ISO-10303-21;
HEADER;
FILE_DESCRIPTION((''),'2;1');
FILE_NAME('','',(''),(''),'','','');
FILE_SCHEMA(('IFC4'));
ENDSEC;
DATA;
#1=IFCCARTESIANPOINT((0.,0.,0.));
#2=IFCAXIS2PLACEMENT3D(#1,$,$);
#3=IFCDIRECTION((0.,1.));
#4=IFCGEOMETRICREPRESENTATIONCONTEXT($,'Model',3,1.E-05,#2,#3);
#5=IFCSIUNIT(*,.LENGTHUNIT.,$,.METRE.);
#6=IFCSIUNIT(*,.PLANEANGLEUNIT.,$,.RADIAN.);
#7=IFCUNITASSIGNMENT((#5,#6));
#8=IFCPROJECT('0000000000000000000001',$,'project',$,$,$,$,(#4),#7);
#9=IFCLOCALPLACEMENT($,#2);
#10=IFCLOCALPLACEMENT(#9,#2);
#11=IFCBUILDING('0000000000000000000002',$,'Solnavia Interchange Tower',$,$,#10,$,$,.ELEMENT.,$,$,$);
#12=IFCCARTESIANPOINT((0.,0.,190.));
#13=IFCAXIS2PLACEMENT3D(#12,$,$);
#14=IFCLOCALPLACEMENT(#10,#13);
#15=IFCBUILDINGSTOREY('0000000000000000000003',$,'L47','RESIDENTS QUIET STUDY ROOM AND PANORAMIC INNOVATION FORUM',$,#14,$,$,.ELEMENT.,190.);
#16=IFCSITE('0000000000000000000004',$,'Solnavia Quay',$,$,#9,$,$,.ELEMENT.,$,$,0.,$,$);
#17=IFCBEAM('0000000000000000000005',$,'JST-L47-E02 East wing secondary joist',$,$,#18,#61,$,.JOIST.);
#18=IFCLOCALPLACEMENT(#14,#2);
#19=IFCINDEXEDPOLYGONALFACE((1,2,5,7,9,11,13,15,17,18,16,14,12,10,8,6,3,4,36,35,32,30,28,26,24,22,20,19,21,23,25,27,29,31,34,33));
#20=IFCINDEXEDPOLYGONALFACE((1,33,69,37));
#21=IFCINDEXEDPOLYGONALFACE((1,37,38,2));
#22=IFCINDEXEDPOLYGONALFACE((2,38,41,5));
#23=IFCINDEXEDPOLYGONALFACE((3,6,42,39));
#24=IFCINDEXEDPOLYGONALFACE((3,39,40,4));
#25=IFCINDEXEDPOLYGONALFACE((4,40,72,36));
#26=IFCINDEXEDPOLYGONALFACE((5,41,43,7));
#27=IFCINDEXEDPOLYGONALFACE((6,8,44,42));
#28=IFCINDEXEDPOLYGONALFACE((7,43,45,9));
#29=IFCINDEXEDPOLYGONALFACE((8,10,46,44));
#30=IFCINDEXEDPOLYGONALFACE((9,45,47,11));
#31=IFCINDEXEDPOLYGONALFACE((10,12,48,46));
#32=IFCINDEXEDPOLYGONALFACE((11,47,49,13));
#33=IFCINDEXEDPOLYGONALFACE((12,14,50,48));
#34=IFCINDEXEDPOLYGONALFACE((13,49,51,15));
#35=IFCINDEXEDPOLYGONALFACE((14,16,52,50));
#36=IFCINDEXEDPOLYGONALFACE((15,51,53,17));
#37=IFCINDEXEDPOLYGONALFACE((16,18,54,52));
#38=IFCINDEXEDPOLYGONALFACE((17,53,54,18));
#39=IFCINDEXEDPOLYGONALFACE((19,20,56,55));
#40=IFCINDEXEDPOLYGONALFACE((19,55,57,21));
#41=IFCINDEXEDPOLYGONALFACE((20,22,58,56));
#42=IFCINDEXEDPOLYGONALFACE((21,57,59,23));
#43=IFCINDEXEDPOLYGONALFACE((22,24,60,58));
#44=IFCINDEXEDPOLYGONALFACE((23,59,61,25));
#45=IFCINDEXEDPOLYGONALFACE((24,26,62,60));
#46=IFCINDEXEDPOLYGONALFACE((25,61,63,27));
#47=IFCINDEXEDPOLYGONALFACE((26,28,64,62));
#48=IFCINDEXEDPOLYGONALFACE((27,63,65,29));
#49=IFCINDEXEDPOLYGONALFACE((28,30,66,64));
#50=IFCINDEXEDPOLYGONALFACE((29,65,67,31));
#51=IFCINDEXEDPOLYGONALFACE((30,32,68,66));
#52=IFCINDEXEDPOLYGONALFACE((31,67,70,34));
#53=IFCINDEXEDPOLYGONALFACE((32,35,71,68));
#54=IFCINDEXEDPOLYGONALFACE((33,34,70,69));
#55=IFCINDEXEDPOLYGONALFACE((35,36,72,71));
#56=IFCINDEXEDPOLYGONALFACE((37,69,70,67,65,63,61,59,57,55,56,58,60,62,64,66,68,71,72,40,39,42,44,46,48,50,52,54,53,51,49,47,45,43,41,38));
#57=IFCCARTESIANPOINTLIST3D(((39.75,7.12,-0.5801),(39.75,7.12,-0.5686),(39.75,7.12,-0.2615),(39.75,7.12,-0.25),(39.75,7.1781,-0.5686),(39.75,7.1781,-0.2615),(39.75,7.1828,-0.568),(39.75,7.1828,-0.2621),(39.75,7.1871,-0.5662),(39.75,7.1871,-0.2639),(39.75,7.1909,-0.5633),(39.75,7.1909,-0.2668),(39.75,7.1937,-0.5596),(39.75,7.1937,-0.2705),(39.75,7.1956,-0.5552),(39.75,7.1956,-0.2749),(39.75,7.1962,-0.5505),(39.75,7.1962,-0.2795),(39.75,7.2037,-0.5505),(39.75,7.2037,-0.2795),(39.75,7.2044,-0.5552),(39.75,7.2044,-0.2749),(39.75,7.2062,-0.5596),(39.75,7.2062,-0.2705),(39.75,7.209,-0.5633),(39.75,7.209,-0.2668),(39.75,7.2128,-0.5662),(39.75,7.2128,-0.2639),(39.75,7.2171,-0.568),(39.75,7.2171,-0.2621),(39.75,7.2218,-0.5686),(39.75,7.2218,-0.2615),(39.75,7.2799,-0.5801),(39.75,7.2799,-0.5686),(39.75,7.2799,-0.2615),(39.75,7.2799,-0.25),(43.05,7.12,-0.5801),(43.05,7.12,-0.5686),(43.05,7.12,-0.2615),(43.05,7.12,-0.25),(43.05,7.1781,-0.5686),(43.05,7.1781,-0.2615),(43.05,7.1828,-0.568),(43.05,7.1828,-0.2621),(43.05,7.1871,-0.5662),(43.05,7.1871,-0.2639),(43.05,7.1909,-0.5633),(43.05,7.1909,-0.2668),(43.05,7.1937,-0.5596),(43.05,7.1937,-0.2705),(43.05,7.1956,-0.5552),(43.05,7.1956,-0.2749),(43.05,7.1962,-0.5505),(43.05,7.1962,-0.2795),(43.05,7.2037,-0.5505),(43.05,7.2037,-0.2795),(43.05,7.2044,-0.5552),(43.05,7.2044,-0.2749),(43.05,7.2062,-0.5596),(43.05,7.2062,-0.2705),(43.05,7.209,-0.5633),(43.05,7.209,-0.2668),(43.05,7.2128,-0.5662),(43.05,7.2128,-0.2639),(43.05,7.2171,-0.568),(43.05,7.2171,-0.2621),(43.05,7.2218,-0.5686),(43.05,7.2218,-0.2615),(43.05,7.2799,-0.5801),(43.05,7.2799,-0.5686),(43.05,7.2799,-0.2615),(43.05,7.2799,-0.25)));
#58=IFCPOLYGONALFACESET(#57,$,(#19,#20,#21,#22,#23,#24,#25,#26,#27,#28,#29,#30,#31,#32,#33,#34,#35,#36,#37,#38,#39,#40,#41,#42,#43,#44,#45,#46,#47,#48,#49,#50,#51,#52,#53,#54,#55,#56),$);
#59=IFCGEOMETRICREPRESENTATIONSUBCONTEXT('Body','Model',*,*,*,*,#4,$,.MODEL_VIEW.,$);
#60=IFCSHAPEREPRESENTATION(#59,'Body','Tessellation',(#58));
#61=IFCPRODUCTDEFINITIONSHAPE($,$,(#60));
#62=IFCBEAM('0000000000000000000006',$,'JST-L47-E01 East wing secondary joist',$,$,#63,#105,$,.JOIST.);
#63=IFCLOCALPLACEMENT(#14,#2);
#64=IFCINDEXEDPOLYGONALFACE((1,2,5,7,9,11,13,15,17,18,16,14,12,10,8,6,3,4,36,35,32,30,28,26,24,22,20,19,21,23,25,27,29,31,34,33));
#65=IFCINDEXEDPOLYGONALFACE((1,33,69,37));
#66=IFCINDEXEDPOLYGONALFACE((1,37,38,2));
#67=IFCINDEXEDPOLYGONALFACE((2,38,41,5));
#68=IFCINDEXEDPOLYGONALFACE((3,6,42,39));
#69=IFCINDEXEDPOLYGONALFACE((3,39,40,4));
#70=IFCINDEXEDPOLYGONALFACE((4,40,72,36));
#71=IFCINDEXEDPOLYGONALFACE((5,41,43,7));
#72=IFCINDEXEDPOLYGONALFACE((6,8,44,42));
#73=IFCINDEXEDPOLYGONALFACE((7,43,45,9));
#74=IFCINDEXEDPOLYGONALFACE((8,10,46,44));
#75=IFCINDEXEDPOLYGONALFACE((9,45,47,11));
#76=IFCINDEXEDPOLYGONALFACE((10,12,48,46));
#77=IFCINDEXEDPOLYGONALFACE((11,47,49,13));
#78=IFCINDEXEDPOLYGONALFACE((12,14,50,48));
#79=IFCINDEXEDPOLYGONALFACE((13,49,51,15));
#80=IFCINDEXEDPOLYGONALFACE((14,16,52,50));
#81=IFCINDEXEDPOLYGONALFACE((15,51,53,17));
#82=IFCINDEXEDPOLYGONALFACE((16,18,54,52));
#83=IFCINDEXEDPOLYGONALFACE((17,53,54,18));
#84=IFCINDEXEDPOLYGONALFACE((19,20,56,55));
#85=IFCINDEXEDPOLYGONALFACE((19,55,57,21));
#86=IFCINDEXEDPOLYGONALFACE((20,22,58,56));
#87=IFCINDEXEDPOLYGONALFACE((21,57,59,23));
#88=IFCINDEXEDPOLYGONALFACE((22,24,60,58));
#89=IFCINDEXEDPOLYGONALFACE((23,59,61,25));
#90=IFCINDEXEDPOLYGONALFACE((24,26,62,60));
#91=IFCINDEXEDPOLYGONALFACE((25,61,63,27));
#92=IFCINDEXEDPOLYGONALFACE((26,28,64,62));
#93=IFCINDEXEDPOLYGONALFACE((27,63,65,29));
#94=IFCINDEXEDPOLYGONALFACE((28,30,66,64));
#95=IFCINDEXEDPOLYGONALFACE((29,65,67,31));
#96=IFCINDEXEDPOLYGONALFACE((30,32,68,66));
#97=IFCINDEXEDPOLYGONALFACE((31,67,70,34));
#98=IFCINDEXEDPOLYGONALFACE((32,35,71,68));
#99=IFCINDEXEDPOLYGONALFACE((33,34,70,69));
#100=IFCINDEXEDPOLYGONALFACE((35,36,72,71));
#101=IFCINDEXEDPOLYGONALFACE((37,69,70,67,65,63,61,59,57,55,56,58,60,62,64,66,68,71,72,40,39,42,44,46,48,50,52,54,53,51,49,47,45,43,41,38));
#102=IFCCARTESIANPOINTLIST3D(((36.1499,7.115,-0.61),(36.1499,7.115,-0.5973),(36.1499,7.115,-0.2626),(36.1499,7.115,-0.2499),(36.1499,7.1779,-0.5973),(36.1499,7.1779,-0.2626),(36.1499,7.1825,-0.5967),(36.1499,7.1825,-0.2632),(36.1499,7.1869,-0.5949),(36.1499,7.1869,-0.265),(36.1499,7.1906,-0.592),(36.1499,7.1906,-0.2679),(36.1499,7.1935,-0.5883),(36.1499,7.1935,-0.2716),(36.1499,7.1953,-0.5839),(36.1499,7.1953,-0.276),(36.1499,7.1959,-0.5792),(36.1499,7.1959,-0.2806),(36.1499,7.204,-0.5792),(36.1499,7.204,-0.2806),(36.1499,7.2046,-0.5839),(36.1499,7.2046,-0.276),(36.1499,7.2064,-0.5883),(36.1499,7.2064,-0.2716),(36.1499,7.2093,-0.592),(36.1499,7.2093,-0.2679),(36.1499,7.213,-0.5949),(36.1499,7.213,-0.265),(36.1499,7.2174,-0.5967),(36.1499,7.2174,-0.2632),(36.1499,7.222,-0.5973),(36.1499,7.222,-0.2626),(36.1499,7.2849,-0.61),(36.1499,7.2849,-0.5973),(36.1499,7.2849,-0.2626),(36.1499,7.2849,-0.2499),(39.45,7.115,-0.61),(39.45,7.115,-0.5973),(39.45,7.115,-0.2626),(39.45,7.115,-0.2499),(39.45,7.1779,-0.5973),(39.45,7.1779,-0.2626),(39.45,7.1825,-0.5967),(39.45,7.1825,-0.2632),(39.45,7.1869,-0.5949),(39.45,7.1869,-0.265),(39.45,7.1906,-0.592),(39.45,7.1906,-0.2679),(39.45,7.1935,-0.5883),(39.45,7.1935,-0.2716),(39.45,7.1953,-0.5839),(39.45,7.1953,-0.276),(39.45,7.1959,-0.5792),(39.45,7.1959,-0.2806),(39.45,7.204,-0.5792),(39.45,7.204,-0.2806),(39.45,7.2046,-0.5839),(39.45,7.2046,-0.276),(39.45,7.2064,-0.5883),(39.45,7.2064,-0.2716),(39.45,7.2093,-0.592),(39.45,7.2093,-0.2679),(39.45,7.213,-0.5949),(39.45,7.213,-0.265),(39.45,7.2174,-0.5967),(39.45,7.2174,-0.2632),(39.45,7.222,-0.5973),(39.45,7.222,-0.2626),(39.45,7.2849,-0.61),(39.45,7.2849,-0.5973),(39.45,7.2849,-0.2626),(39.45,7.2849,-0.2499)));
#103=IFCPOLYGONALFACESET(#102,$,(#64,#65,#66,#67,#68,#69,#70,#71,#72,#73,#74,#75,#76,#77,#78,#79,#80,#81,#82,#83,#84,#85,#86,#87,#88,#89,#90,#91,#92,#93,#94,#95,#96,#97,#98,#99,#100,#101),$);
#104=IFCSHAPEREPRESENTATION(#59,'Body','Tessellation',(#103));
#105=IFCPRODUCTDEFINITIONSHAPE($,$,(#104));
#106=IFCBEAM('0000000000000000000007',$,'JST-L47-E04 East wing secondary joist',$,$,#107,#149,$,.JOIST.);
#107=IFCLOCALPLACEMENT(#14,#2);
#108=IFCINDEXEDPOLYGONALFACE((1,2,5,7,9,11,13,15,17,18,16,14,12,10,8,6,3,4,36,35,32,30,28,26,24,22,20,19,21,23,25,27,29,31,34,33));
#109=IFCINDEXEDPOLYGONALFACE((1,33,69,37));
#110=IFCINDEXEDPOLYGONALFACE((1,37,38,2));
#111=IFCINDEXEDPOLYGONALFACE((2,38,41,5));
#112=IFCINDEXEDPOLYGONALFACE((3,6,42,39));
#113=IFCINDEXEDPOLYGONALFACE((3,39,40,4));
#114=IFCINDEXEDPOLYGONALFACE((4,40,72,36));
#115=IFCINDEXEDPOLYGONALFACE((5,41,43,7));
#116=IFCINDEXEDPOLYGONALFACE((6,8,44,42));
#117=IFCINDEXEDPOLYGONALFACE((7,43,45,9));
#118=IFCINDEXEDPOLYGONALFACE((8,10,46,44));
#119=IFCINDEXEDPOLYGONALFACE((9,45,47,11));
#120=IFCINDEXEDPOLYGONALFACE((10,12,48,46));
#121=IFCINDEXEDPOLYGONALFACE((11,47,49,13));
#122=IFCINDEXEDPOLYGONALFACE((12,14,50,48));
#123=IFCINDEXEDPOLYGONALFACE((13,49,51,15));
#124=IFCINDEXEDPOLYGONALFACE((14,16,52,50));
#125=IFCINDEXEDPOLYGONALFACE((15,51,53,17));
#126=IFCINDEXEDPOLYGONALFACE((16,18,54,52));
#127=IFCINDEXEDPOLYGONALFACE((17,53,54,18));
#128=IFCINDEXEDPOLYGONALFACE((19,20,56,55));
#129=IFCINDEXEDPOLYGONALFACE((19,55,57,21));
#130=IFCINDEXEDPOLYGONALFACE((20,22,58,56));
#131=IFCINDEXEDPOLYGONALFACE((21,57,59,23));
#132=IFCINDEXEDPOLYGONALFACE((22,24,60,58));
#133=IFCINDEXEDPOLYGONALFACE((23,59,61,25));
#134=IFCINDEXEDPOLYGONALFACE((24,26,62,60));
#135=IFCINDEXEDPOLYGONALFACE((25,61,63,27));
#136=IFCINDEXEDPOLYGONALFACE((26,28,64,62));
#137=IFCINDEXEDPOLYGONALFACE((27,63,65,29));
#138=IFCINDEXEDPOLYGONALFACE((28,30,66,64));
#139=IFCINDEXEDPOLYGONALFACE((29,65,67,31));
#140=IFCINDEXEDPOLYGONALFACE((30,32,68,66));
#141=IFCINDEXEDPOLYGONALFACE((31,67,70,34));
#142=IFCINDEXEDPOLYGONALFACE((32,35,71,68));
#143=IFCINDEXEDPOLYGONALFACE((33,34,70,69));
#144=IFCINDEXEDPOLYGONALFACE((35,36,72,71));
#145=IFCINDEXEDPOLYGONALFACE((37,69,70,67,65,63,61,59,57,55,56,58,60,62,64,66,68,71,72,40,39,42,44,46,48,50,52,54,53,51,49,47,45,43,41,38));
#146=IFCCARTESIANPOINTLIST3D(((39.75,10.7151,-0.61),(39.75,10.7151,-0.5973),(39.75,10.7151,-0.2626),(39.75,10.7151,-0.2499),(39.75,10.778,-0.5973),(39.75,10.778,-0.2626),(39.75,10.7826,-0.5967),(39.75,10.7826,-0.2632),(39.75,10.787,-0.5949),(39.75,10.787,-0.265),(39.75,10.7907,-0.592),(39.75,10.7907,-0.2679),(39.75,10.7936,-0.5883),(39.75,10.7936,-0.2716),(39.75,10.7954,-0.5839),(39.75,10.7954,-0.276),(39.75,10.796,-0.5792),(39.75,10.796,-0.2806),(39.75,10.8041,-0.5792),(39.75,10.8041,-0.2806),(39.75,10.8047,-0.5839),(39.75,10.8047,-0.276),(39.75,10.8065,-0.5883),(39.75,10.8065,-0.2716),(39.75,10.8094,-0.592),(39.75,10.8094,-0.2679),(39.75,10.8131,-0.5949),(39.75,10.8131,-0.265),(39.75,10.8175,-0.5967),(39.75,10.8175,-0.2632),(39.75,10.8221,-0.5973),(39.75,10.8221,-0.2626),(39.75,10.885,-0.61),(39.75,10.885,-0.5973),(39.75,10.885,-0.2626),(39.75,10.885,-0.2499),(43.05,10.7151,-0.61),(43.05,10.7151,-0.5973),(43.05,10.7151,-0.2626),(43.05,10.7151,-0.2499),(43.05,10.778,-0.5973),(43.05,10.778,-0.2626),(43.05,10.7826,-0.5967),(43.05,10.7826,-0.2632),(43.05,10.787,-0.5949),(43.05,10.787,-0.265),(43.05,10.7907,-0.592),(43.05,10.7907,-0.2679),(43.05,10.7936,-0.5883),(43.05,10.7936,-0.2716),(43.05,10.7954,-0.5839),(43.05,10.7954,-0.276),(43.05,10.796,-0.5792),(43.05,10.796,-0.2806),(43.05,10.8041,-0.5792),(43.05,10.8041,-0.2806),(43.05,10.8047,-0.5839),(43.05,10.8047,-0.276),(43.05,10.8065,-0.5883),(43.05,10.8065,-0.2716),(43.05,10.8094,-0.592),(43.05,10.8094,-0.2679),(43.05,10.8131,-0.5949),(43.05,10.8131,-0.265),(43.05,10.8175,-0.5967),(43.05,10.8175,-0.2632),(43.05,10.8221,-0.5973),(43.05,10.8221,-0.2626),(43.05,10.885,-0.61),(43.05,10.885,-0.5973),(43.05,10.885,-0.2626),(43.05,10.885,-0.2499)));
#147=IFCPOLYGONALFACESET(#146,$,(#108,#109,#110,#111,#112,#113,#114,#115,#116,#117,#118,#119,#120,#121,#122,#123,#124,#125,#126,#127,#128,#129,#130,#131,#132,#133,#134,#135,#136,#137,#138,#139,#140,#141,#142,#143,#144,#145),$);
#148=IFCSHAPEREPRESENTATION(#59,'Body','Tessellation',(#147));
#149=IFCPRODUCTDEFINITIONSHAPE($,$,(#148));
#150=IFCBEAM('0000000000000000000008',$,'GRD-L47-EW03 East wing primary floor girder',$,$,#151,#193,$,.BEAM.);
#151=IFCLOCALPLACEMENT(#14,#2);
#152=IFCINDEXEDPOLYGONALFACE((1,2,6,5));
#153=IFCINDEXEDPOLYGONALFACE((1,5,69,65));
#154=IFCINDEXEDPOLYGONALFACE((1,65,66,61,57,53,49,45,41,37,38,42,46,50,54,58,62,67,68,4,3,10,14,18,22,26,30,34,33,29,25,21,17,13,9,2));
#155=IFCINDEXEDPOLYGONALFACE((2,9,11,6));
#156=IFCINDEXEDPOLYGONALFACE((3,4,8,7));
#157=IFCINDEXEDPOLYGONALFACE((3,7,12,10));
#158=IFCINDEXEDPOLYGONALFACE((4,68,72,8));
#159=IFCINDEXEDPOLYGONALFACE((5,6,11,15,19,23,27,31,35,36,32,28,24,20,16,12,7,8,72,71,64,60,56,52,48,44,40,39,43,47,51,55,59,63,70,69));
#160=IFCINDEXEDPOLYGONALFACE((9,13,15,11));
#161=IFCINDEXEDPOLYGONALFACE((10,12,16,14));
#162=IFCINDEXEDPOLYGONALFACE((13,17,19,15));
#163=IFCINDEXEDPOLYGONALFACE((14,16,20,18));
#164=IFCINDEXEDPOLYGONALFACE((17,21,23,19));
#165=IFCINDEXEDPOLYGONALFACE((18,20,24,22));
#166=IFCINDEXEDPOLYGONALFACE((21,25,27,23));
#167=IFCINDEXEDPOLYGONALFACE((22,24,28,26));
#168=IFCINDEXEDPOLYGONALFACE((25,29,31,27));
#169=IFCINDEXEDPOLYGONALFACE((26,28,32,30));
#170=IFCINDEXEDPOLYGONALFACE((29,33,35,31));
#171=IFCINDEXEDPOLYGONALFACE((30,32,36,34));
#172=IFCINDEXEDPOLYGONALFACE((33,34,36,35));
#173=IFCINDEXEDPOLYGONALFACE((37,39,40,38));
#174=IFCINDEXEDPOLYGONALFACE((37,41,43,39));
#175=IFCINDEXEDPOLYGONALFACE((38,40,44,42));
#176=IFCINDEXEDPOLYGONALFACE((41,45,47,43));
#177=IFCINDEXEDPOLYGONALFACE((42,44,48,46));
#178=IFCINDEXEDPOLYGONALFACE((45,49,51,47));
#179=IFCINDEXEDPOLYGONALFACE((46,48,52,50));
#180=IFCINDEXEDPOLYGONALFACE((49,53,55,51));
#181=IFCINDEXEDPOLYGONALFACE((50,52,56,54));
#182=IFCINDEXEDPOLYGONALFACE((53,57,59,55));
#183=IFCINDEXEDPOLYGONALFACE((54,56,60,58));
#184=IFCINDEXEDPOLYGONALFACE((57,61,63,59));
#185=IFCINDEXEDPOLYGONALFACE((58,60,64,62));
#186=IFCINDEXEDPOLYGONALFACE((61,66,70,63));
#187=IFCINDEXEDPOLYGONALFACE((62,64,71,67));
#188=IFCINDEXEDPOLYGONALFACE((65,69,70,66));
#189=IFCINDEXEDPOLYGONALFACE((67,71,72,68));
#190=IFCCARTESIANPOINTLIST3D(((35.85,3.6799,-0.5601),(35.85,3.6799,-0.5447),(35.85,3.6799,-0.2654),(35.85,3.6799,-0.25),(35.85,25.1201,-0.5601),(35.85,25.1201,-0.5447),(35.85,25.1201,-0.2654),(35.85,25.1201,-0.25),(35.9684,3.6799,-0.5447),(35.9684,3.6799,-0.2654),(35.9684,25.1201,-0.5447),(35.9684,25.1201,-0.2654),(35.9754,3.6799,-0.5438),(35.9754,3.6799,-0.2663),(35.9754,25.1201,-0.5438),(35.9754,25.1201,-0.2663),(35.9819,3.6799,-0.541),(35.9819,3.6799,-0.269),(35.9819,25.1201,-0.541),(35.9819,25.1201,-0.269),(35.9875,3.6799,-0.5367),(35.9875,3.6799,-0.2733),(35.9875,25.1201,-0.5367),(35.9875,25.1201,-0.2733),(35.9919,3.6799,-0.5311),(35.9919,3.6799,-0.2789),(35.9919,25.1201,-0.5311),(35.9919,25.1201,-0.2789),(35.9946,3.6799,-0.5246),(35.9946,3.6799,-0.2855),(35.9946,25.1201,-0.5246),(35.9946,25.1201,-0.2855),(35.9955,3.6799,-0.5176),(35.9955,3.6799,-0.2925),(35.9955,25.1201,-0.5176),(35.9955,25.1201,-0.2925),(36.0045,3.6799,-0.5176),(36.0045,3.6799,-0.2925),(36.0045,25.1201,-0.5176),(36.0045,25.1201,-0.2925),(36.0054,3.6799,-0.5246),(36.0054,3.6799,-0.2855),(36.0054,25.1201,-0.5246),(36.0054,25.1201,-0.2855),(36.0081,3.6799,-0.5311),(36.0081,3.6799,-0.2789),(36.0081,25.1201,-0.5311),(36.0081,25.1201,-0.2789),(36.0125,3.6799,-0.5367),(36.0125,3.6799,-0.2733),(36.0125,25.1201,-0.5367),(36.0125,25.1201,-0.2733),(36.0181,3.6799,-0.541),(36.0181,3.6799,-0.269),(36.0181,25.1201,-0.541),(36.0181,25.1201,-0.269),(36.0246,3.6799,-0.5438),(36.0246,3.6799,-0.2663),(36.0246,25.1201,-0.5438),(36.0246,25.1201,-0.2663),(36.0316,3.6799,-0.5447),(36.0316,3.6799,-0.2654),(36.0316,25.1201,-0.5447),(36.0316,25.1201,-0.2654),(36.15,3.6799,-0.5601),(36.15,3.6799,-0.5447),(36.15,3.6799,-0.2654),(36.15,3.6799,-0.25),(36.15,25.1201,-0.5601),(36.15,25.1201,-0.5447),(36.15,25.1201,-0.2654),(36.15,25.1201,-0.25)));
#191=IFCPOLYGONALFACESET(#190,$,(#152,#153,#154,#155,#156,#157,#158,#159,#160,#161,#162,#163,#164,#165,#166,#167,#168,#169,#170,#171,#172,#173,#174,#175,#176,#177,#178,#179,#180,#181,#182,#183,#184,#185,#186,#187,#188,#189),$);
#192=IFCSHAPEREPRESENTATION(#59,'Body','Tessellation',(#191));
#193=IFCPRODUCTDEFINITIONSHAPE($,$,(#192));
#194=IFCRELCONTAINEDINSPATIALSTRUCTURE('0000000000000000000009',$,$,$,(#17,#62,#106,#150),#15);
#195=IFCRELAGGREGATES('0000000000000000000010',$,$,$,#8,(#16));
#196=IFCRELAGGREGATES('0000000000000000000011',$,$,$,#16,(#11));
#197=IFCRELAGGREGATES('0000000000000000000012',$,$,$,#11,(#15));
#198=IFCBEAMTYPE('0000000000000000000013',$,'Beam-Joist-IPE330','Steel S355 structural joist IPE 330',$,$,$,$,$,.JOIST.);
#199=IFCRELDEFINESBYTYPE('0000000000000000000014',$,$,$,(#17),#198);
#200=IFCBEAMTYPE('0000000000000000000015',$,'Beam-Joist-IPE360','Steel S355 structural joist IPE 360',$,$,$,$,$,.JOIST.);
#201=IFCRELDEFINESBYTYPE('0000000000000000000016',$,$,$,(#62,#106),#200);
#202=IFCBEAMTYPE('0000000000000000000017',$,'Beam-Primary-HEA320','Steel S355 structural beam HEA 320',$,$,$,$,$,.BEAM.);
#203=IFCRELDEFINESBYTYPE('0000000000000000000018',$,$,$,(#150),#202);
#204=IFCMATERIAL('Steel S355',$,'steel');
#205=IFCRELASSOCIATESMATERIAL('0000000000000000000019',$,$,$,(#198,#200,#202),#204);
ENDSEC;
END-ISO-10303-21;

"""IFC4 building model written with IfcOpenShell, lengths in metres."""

from ifc_helpers import new_model, si_unit, direction, frame, origin, origin_2d, place, context, subcontext, project, spatial, i_section, extrude, material, material_profile, profile_set, type_object, element, save


model = new_model("IFC4")

# Units and contexts
model_context = context("Model", 3, precision=1e-05, world=origin(), true_north=direction((0.0, 1.0)))
body_context = subcontext(model_context, "Body", "Model", "MODEL_VIEW")
ifc_project = project(units=[si_unit("LENGTHUNIT", "METRE"), si_unit("PLANEANGLEUNIT", "RADIAN")], contexts=[model_context])

# Site, building, storey
site_placement = place(None, origin())
site = spatial("IfcSite", under=ifc_project, at=site_placement, Name="Solnavia Quay", CompositionType="ELEMENT", RefElevation=0.0)
building_placement = place(site_placement, origin())
building = spatial("IfcBuilding", under=site, at=building_placement, Name="Solnavia Interchange Tower", CompositionType="ELEMENT")
storey_placement = place(building_placement, frame((0.0, 0.0, 190.0)))
storey = spatial("IfcBuildingStorey", under=building, at=storey_placement, Name="L47", Description="RESIDENTS QUIET STUDY ROOM AND PANORAMIC INNOVATION FORUM", CompositionType="ELEMENT", Elevation=190.0)

# Shared definitions
ifc_material_1 = material(Name="Steel S355", Category="steel")

# Beams
ifc_material_profile_1 = material_profile(ifc_material_1, i_section(OverallWidth=0.1599, OverallDepth=0.3301, WebThickness=0.0076, FlangeThickness=0.0115, FilletRadius=0.0181, at=origin_2d()), Name="IPE 330")
ifc_profile_set_1 = profile_set([ifc_material_profile_1], Name="Steel S355")
beam_type_1 = type_object("IfcBeamType", Name="Beam-Joist-IPE330", Description="Steel S355 structural joist IPE 330", PredefinedType="JOIST", material=ifc_profile_set_1)
beam_1_placement = place(storey_placement, frame((39.75, 7.2, -0.415), z_axis=(1.0, 0.0, 0.0), x_axis=(0.0, 1.0, 0.0)))
element("IfcBeam", 1, at=beam_1_placement, inside=storey, type_object=beam_type_1, Name="JST-L47-E02 East wing secondary joist", PredefinedType="JOIST", context=body_context, shape_type="SweptSolid", body=[
    extrude(i_section(OverallWidth=0.1599, OverallDepth=0.3301, WebThickness=0.0076, FlangeThickness=0.0115, FilletRadius=0.0181, at=origin_2d()), origin(), (0.0, 0.0, 1.0), 3.3),
])
ifc_material_profile_2 = material_profile(ifc_material_1, i_section(OverallWidth=0.1699, OverallDepth=0.3601, WebThickness=0.0081, FlangeThickness=0.0127, FilletRadius=0.0181, at=origin_2d()), Name="IPE 360")
ifc_profile_set_2 = profile_set([ifc_material_profile_2], Name="Steel S355")
beam_type_2 = type_object("IfcBeamType", Name="Beam-Joist-IPE360", Description="Steel S355 structural joist IPE 360", PredefinedType="JOIST", material=ifc_profile_set_2)
for number, where, z_axis, x_axis, name in (
    (2, (36.1499, 7.2, -0.4299), (1.0, 0.0, 0.0), (0.0, 1.0, 0.0), "JST-L47-E01 East wing secondary joist"),
    (3, (39.75, 10.8, -0.4299), (1.0, 0.0, 0.0), (0.0, 1.0, 0.0), "JST-L47-E04 East wing secondary joist"),
):
    element("IfcBeam", number, at=place(storey_placement, frame(where, z_axis=z_axis, x_axis=x_axis)), inside=storey, type_object=beam_type_2, Name=name, PredefinedType="JOIST", context=body_context, shape_type="SweptSolid", body=[
        extrude(i_section(OverallWidth=0.1699, OverallDepth=0.3601, WebThickness=0.0081, FlangeThickness=0.0127, FilletRadius=0.0181, at=origin_2d()), origin(), (0.0, 0.0, 1.0), 3.3),
    ])
ifc_material_profile_3 = material_profile(ifc_material_1, i_section(OverallWidth=0.3, OverallDepth=0.3101, WebThickness=0.009, FlangeThickness=0.0154, FilletRadius=0.0271, at=origin_2d()), Name="HEA 320")
ifc_profile_set_3 = profile_set([ifc_material_profile_3], Name="Steel S355")
beam_type_3 = type_object("IfcBeamType", Name="Beam-Primary-HEA320", Description="Steel S355 structural beam HEA 320", PredefinedType="BEAM", material=ifc_profile_set_3)
beam_2_placement = place(storey_placement, frame((36.0, 3.6799, -0.405), z_axis=(0.0, 1.0, 0.0), x_axis=(-1.0, 0.0, 0.0)))
element("IfcBeam", 4, at=beam_2_placement, inside=storey, type_object=beam_type_3, Name="GRD-L47-EW03 East wing primary floor girder", PredefinedType="BEAM", context=body_context, shape_type="SweptSolid", body=[
    extrude(i_section(OverallWidth=0.3, OverallDepth=0.3101, WebThickness=0.009, FlangeThickness=0.0154, FilletRadius=0.0271, at=origin_2d()), origin(), (0.0, 0.0, 1.0), 21.4402),
])

save(model, "model.ifc")
